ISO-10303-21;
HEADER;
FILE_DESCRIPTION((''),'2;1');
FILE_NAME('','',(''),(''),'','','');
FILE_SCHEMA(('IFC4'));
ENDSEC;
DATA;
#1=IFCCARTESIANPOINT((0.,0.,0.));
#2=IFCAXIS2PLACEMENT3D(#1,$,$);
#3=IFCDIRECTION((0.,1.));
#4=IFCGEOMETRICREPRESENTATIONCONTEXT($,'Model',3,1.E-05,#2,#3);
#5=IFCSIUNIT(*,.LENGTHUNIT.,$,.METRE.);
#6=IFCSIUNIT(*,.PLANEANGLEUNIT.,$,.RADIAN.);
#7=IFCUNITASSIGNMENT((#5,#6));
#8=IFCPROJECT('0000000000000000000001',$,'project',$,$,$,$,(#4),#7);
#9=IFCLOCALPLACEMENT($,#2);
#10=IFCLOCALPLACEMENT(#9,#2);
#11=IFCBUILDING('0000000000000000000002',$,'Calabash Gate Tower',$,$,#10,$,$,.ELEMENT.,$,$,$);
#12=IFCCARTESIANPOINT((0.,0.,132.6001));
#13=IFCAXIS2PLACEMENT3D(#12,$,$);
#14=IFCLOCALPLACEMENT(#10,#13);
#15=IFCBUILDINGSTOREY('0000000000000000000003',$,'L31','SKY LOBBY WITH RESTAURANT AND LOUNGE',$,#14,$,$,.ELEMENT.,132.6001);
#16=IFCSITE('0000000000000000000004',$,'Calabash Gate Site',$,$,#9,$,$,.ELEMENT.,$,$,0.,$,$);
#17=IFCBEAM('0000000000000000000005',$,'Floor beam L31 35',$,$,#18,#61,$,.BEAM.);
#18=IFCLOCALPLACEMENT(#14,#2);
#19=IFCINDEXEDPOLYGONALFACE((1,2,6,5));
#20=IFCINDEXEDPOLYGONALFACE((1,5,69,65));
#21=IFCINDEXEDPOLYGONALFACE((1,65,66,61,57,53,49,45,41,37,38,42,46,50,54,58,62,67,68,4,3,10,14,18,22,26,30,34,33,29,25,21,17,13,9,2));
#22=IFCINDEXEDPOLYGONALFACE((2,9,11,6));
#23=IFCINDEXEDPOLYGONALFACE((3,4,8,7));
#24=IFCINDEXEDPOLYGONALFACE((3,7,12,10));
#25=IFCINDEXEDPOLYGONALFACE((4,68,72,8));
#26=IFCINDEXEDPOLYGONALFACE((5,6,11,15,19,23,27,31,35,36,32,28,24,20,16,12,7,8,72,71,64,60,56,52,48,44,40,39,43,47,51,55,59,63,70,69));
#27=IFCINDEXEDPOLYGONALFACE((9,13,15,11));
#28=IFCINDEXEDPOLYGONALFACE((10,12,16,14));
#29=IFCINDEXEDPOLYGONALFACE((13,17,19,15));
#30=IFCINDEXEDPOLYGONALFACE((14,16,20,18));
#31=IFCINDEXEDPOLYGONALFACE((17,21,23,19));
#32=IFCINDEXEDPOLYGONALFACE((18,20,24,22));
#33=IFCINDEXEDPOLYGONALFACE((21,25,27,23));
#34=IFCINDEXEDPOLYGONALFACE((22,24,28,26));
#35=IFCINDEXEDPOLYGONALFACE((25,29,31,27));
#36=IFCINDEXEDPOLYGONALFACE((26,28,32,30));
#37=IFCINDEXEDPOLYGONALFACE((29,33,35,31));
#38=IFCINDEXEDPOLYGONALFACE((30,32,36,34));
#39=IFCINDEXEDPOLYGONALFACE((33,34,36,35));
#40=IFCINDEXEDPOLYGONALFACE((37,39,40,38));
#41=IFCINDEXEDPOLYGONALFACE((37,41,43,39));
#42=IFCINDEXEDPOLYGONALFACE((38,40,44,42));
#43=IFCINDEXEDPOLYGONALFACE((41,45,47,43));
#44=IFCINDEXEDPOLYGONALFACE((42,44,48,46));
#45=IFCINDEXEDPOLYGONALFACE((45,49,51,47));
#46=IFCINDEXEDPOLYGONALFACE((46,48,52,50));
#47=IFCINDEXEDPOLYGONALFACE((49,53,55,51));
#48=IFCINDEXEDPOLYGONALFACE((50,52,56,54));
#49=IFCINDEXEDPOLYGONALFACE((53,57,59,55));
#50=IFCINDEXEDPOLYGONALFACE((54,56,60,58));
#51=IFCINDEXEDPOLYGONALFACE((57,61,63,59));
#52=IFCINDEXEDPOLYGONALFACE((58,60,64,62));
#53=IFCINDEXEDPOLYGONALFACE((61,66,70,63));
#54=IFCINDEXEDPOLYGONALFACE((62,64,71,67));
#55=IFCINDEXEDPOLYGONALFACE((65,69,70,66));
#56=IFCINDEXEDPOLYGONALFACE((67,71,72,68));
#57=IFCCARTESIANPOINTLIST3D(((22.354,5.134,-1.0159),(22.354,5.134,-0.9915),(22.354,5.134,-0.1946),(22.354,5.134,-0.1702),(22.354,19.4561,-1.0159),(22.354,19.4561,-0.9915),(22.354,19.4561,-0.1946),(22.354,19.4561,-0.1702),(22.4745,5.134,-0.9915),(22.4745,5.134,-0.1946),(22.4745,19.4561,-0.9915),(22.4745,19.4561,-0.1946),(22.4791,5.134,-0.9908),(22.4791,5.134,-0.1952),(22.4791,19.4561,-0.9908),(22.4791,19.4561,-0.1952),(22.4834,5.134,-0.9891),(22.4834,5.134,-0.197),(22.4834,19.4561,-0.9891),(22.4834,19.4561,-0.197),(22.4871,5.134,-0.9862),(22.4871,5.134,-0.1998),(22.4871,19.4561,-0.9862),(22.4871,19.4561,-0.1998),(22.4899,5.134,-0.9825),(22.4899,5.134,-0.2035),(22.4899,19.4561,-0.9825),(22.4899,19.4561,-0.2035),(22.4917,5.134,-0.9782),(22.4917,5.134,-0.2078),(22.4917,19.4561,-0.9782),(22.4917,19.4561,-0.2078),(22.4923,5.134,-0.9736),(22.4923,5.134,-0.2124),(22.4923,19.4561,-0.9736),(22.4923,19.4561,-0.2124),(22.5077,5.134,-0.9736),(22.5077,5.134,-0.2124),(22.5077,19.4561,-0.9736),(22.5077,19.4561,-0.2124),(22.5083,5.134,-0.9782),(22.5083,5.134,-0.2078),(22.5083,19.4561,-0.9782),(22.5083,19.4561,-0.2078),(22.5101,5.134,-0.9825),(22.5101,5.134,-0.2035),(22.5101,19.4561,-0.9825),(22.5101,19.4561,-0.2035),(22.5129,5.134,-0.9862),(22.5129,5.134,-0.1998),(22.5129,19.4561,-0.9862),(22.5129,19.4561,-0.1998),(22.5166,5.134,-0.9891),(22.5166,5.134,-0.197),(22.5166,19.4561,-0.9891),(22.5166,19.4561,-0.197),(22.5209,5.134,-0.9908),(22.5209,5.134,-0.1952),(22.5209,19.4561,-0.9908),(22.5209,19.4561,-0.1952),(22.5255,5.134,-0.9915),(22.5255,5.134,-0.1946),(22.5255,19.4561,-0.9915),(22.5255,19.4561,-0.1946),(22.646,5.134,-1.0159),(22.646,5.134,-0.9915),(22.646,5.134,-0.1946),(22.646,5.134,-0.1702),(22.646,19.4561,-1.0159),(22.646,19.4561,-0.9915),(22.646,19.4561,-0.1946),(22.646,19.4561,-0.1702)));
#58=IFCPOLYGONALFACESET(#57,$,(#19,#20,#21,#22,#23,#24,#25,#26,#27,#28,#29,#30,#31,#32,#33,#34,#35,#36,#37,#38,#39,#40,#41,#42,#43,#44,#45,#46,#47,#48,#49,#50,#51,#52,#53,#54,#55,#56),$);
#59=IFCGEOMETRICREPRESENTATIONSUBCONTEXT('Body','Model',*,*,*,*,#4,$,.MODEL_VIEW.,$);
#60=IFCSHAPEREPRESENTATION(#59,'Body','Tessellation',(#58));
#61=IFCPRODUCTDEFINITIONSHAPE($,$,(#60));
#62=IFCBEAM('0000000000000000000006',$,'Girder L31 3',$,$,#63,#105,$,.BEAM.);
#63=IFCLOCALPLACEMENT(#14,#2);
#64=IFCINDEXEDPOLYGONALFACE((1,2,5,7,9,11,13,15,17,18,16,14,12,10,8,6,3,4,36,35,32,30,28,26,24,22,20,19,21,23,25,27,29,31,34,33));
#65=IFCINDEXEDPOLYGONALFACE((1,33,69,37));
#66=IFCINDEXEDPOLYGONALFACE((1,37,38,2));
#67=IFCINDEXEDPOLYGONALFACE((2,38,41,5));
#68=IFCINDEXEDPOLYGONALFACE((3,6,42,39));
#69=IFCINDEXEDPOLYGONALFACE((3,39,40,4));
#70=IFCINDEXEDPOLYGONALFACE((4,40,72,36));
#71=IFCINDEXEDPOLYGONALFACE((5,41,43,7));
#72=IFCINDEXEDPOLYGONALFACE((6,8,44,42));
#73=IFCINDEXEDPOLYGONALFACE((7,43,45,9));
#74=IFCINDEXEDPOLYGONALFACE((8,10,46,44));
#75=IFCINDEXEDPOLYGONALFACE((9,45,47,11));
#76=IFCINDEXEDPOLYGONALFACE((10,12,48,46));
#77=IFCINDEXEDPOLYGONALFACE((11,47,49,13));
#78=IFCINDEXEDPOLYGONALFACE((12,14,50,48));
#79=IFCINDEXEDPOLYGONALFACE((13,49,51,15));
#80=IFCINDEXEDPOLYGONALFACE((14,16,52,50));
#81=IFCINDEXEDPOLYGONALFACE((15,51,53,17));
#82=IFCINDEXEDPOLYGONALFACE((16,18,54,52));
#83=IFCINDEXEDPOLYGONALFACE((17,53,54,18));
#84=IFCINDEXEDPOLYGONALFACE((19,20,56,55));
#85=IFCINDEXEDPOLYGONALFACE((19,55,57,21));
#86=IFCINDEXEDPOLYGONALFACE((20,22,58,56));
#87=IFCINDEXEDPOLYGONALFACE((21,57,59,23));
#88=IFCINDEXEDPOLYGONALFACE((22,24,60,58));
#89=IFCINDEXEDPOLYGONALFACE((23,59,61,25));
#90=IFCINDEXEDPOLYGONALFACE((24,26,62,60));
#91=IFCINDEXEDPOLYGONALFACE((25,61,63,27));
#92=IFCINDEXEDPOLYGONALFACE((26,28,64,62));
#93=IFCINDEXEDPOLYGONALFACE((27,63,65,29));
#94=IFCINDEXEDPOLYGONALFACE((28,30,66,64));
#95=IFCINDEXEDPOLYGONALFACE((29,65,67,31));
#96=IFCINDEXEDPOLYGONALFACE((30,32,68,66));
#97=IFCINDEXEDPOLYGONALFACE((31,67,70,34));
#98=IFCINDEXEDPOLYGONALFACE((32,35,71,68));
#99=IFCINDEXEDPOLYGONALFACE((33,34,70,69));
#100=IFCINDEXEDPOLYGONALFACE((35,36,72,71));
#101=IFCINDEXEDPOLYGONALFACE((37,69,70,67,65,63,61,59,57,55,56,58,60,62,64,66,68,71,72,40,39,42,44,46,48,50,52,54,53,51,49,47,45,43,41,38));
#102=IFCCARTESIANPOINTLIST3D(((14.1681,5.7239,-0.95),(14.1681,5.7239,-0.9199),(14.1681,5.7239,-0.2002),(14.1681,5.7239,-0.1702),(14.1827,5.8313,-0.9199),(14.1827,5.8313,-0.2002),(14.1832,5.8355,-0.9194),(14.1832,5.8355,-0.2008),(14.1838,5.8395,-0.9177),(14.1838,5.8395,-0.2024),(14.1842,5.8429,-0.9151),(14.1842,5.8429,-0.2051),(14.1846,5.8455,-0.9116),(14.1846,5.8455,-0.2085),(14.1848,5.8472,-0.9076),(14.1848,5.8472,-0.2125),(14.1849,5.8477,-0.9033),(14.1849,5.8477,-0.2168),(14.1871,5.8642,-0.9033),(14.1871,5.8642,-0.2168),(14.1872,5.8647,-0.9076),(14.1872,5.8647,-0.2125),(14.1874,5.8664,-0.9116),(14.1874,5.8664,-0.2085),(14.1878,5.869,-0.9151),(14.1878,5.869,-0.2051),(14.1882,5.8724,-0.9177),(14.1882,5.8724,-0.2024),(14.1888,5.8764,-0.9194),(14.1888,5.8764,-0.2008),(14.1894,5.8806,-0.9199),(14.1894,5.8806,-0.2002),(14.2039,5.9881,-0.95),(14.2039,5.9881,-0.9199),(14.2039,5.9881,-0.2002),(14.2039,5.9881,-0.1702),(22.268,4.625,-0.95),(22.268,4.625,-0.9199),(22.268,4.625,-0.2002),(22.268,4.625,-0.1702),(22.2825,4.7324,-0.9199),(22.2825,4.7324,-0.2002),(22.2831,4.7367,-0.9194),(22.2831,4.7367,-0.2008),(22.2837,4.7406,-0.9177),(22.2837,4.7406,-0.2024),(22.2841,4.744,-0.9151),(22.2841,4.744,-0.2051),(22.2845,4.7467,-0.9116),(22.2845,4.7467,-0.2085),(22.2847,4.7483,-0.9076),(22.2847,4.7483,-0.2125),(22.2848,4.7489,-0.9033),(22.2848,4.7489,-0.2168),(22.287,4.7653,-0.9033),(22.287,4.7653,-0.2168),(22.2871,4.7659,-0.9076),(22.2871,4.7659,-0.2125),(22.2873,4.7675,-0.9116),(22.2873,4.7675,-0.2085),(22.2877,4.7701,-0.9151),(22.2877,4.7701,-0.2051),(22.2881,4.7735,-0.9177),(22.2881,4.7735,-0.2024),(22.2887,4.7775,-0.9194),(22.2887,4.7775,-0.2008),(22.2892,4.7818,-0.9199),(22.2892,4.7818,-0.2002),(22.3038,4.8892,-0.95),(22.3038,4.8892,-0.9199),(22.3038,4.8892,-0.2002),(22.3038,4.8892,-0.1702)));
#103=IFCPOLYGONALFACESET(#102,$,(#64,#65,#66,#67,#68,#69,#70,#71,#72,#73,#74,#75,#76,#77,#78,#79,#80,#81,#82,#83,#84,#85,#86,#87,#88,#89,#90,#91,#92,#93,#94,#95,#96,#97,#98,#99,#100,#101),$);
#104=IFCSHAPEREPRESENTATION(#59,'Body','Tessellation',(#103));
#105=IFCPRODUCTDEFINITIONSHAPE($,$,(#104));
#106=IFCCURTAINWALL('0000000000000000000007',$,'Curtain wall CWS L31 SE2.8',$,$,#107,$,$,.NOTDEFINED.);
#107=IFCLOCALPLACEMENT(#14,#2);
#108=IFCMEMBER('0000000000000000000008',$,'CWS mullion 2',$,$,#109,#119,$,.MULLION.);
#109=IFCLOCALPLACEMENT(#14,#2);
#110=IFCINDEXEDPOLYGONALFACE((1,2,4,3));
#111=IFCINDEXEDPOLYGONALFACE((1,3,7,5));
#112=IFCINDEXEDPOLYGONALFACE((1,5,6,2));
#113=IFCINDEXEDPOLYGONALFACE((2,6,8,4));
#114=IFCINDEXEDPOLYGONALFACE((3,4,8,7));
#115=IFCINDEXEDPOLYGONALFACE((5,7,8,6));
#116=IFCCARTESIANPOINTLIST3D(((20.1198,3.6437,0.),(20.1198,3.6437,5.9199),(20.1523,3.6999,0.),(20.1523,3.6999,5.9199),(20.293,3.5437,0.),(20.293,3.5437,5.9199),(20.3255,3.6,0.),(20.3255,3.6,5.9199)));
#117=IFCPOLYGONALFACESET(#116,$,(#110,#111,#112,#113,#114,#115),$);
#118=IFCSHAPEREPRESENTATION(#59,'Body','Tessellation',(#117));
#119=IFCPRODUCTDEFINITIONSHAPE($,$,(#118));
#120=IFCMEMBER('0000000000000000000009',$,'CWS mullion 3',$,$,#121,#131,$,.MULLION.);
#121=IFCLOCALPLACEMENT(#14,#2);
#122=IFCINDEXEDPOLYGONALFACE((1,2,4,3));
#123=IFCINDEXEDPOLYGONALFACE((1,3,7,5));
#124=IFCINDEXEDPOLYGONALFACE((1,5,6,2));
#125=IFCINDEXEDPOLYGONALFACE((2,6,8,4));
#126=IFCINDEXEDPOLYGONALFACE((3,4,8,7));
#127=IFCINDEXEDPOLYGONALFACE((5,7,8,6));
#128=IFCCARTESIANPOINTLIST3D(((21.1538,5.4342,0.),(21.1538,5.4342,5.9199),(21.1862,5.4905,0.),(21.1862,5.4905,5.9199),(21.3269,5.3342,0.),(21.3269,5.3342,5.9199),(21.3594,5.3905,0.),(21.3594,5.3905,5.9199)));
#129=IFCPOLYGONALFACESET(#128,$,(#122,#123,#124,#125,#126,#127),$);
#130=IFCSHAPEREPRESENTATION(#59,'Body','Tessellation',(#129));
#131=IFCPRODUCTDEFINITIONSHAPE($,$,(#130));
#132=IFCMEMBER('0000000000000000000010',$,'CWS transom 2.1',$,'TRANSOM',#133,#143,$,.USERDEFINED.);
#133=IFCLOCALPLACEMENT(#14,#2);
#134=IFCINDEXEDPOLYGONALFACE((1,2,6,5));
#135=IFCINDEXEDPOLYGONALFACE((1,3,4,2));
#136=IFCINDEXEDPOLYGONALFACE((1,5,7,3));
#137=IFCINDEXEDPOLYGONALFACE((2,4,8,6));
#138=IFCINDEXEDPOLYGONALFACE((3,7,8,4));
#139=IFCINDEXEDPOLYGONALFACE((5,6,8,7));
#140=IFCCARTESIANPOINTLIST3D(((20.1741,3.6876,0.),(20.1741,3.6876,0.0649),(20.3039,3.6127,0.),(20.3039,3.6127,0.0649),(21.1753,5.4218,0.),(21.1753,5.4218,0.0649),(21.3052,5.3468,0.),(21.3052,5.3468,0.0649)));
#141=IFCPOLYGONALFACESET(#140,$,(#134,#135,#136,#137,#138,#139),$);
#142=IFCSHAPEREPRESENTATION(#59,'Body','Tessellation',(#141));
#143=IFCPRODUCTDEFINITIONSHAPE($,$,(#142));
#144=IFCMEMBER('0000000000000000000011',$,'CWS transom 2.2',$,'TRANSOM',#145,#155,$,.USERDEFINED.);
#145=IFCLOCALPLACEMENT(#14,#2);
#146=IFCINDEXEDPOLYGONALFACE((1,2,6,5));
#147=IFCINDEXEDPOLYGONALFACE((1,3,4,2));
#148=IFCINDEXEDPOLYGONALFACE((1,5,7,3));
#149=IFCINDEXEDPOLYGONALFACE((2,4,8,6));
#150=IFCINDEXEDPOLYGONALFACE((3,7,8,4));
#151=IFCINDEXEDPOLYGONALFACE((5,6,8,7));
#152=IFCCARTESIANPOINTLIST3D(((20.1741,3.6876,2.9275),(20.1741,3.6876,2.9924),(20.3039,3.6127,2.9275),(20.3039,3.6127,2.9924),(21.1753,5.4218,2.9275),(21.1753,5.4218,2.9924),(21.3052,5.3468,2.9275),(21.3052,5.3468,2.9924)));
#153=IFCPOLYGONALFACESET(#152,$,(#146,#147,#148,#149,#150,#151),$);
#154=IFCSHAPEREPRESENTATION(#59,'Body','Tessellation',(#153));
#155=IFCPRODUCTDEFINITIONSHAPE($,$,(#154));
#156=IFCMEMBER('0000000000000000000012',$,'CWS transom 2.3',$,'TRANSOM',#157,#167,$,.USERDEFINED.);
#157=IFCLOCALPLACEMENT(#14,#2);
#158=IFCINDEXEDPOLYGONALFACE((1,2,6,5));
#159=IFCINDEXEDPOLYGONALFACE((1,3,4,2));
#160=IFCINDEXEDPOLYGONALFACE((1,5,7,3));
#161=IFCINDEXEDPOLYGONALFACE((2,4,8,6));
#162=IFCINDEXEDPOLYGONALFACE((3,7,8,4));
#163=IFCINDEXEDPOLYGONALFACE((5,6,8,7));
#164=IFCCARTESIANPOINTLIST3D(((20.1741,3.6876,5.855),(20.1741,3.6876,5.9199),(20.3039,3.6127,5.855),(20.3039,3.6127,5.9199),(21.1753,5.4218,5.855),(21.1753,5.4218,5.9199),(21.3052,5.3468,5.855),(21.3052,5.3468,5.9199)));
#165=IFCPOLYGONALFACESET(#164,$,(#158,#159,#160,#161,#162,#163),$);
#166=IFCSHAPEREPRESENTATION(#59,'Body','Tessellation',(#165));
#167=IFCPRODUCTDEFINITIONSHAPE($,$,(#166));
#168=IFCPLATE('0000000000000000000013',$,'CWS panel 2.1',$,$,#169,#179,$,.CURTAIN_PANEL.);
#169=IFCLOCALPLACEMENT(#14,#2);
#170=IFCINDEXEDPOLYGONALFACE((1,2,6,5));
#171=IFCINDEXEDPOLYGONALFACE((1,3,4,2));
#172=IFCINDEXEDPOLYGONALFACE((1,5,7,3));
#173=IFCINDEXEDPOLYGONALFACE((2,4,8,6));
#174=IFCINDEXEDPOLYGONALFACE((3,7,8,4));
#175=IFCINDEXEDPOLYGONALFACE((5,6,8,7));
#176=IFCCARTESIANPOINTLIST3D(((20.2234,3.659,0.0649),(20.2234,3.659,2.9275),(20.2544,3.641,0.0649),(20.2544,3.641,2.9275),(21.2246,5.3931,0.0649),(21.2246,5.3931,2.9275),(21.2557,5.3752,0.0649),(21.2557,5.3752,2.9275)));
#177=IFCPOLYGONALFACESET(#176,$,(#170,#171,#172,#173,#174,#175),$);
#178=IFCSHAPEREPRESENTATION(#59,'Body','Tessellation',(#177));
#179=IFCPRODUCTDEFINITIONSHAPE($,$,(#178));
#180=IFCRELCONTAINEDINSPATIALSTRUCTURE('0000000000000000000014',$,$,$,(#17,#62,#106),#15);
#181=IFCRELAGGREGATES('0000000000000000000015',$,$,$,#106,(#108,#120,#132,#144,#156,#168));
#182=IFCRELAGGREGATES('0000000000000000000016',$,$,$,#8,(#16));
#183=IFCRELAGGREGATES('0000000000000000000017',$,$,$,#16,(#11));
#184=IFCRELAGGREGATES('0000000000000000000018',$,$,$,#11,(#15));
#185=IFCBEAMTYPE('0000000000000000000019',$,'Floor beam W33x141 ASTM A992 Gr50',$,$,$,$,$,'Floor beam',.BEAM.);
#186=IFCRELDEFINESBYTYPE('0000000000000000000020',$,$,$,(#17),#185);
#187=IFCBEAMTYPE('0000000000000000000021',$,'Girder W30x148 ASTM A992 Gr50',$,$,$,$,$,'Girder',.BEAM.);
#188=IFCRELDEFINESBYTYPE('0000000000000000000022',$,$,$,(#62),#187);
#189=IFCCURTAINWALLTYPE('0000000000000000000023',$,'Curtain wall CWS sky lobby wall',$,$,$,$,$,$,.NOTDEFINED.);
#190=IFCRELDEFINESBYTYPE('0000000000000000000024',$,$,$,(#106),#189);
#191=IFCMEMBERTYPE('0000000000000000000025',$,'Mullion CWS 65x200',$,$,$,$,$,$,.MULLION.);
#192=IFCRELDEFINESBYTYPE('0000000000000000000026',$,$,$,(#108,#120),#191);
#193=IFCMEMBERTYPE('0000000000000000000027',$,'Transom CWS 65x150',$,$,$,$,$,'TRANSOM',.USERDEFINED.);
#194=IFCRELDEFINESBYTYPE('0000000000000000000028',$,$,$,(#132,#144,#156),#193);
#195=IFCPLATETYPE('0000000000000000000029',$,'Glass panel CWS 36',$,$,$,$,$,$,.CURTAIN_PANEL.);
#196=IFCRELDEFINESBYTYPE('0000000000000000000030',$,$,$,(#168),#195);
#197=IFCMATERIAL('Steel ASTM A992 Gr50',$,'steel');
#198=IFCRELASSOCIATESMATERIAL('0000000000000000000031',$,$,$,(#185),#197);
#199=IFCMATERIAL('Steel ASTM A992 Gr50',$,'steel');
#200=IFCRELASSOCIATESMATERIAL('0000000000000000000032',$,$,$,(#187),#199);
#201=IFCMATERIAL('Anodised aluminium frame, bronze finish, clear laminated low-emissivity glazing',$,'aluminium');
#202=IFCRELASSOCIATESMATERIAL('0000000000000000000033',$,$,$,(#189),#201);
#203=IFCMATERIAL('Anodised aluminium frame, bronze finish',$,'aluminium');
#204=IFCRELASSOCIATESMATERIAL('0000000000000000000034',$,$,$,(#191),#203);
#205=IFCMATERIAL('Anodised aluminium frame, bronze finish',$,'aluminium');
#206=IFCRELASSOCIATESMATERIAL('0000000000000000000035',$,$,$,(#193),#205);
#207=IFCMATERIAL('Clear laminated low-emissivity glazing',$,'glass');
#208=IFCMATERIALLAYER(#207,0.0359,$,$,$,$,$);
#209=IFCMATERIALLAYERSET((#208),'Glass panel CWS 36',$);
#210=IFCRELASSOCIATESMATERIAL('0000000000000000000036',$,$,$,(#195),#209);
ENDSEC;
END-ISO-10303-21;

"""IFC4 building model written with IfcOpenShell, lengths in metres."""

from ifc_helpers import new_model, si_unit, direction, frame, origin, origin_2d, place, context, subcontext, project, spatial, rectangle, i_section, extrude, material, layer, layer_set, material_profile, profile_set, type_object, element, aggregate, save


model = new_model("IFC4")

# Units and contexts
model_context = context("Model", 3, precision=1e-05, world=origin(), true_north=direction((0.0, 1.0)))
body_context = subcontext(model_context, "Body", "Model", "MODEL_VIEW")
ifc_project = project(units=[si_unit("LENGTHUNIT", "METRE"), si_unit("PLANEANGLEUNIT", "RADIAN")], contexts=[model_context])

# Site, building, storey
site_placement = place(None, origin())
site = spatial("IfcSite", under=ifc_project, at=site_placement, Name="Calabash Gate Site", CompositionType="ELEMENT", RefElevation=0.0)
building_placement = place(site_placement, origin())
building = spatial("IfcBuilding", under=site, at=building_placement, Name="Calabash Gate Tower", CompositionType="ELEMENT")
storey_placement = place(building_placement, frame((0.0, 0.0, 132.6001)))
storey = spatial("IfcBuildingStorey", under=building, at=storey_placement, Name="L31", Description="SKY LOBBY WITH RESTAURANT AND LOUNGE", CompositionType="ELEMENT", Elevation=132.6001)

# Beams
ifc_material_1 = material(Name="Steel ASTM A992 Gr50", Category="steel")
ifc_material_profile_1 = material_profile(ifc_material_1, i_section(OverallWidth=0.292, OverallDepth=0.8457, WebThickness=0.0154, FlangeThickness=0.0244, FilletRadius=0.0178, at=origin_2d()))
ifc_profile_set_1 = profile_set([ifc_material_profile_1], Name="Steel ASTM A992 Gr50")
beam_type_1 = type_object("IfcBeamType", Name="Floor beam W33x141 ASTM A992 Gr50", ElementType="Floor beam", PredefinedType="BEAM", material=ifc_profile_set_1)
beam_1_placement = place(storey_placement, frame((22.5, 5.134, -0.593), z_axis=(0.0, 1.0, 0.0), x_axis=(-1.0, 0.0, 0.0)))
element("IfcBeam", 1, at=beam_1_placement, inside=storey, type_object=beam_type_1, Name="Floor beam L31 35", PredefinedType="BEAM", context=body_context, shape_type="SweptSolid", body=[
    extrude(i_section(OverallWidth=0.292, OverallDepth=0.8457, WebThickness=0.0154, FlangeThickness=0.0244, FilletRadius=0.0178, at=origin_2d()), origin(), (0.0, 0.0, 1.0), 14.322),
])
ifc_material_2 = material(Name="Steel ASTM A992 Gr50", Category="steel")
ifc_material_profile_2 = material_profile(ifc_material_2, i_section(OverallWidth=0.2666, OverallDepth=0.7798, WebThickness=0.0166, FlangeThickness=0.03, FilletRadius=0.0166, at=origin_2d()))
ifc_profile_set_2 = profile_set([ifc_material_profile_2], Name="Steel ASTM A992 Gr50")
beam_type_2 = type_object("IfcBeamType", Name="Girder W30x148 ASTM A992 Gr50", ElementType="Girder", PredefinedType="BEAM", material=ifc_profile_set_2)
beam_2_placement = place(storey_placement, frame((22.2859, 4.7571, -0.5601), z_axis=(-0.990922, 0.134435, 0.0), x_axis=(-0.134435, -0.990922, 0.0)))
element("IfcBeam", 2, at=beam_2_placement, inside=storey, type_object=beam_type_2, Name="Girder L31 3", PredefinedType="BEAM", context=body_context, shape_type="SweptSolid", body=[
    extrude(i_section(OverallWidth=0.2666, OverallDepth=0.7798, WebThickness=0.0166, FlangeThickness=0.03, FilletRadius=0.0166, at=origin_2d()), origin(), (0.0, 0.0, 1.0), 8.1741),
])

# Curtain wall, members, plate
ifc_material_3 = material(Name="Anodised aluminium frame, bronze finish, clear laminated low-emissivity glazing", Category="aluminium")
curtain_wall_type = type_object("IfcCurtainWallType", Name="Curtain wall CWS sky lobby wall", PredefinedType="NOTDEFINED", material=ifc_material_3)
curtain_wall_placement = place(storey_placement, origin())
curtain_wall = element("IfcCurtainWall", 3, at=curtain_wall_placement, inside=storey, type_object=curtain_wall_type, Name="Curtain wall CWS L31 SE2.8", PredefinedType="NOTDEFINED")
ifc_material_4 = material(Name="Anodised aluminium frame, bronze finish", Category="aluminium")
ifc_material_profile_3 = material_profile(ifc_material_4, rectangle(XDim=0.2, YDim=0.0649, at=origin_2d()))
ifc_profile_set_3 = profile_set([ifc_material_profile_3], Name="Anodised aluminium frame, bronze finish")
member_type_1 = type_object("IfcMemberType", Name="Mullion CWS 65x200", PredefinedType="MULLION", material=ifc_profile_set_3)
member_1_placement = place(storey_placement, frame((20.2227, 3.6218, 0.0), z_axis=(0.0, 0.0, 1.0), x_axis=(-0.866025, 0.5, 0.0)))
member_1 = element("IfcMember", 4, at=member_1_placement, type_object=member_type_1, Name="CWS mullion 2", PredefinedType="MULLION", context=body_context, shape_type="SweptSolid", body=[
    extrude(rectangle(XDim=0.2, YDim=0.0649, at=origin_2d()), origin(), (0.0, 0.0, 1.0), 5.9199),
])
member_2_placement = place(storey_placement, frame((21.2566, 5.4124, 0.0), z_axis=(0.0, 0.0, 1.0), x_axis=(-0.866025, 0.5, 0.0)))
member_2 = element("IfcMember", 5, at=member_2_placement, type_object=member_type_1, Name="CWS mullion 3", PredefinedType="MULLION", context=body_context, shape_type="SweptSolid", body=[
    extrude(rectangle(XDim=0.2, YDim=0.0649, at=origin_2d()), origin(), (0.0, 0.0, 1.0), 5.9199),
])
ifc_material_5 = material(Name="Anodised aluminium frame, bronze finish", Category="aluminium")
ifc_material_profile_4 = material_profile(ifc_material_5, rectangle(XDim=0.1499, YDim=0.0649, at=origin_2d()))
ifc_profile_set_4 = profile_set([ifc_material_profile_4], Name="Anodised aluminium frame, bronze finish")
member_type_2 = type_object("IfcMemberType", Name="Transom CWS 65x150", ElementType="TRANSOM", PredefinedType="USERDEFINED", material=ifc_profile_set_4)
member_3_placement = place(storey_placement, frame((20.239, 3.6501, 0.0325), z_axis=(0.500007, 0.866021, 0.0), x_axis=(-0.866021, 0.500007, 0.0)))
member_3 = element("IfcMember", 6, at=member_3_placement, type_object=member_type_2, Name="CWS transom 2.1", ObjectType="TRANSOM", PredefinedType="USERDEFINED", context=body_context, shape_type="SweptSolid", body=[
    extrude(rectangle(XDim=0.1499, YDim=0.0649, at=origin_2d()), origin(), (0.0, 0.0, 1.0), 2.0024),
])
member_4_placement = place(storey_placement, frame((20.239, 3.6501, 2.96), z_axis=(0.500007, 0.866021, 0.0), x_axis=(-0.866021, 0.500007, 0.0)))
member_4 = element("IfcMember", 7, at=member_4_placement, type_object=member_type_2, Name="CWS transom 2.2", ObjectType="TRANSOM", PredefinedType="USERDEFINED", context=body_context, shape_type="SweptSolid", body=[
    extrude(rectangle(XDim=0.1499, YDim=0.0649, at=origin_2d()), origin(), (0.0, 0.0, 1.0), 2.0024),
])
member_5_placement = place(storey_placement, frame((20.239, 3.6501, 5.8875), z_axis=(0.500007, 0.866021, 0.0), x_axis=(-0.866021, 0.500007, 0.0)))
member_5 = element("IfcMember", 8, at=member_5_placement, type_object=member_type_2, Name="CWS transom 2.3", ObjectType="TRANSOM", PredefinedType="USERDEFINED", context=body_context, shape_type="SweptSolid", body=[
    extrude(rectangle(XDim=0.1499, YDim=0.0649, at=origin_2d()), origin(), (0.0, 0.0, 1.0), 2.0024),
])
ifc_material_6 = material(Name="Clear laminated low-emissivity glazing", Category="glass")
ifc_layer_1 = layer(ifc_material_6, 0.0359)
ifc_layer_set_1 = layer_set([ifc_layer_1], Name="Glass panel CWS 36")
plate_type = type_object("IfcPlateType", Name="Glass panel CWS 36", PredefinedType="CURTAIN_PANEL", material=ifc_layer_set_1)
plate_1_placement = place(storey_placement, frame((20.7395, 4.5171, 0.0649), z_axis=(0.0, 0.0, 1.0), x_axis=(0.5, 0.866025, 0.0)))
plate_1 = element("IfcPlate", 9, at=plate_1_placement, type_object=plate_type, Name="CWS panel 2.1", PredefinedType="CURTAIN_PANEL", context=body_context, shape_type="SweptSolid", body=[
    extrude(rectangle(XDim=2.0024, YDim=0.0359, at=origin_2d()), origin(), (0.0, 0.0, 1.0), 2.8625),
])
aggregate(curtain_wall, [member_1, member_2, member_3, member_4, member_5, plate_1])

save(model, "model.ifc")
